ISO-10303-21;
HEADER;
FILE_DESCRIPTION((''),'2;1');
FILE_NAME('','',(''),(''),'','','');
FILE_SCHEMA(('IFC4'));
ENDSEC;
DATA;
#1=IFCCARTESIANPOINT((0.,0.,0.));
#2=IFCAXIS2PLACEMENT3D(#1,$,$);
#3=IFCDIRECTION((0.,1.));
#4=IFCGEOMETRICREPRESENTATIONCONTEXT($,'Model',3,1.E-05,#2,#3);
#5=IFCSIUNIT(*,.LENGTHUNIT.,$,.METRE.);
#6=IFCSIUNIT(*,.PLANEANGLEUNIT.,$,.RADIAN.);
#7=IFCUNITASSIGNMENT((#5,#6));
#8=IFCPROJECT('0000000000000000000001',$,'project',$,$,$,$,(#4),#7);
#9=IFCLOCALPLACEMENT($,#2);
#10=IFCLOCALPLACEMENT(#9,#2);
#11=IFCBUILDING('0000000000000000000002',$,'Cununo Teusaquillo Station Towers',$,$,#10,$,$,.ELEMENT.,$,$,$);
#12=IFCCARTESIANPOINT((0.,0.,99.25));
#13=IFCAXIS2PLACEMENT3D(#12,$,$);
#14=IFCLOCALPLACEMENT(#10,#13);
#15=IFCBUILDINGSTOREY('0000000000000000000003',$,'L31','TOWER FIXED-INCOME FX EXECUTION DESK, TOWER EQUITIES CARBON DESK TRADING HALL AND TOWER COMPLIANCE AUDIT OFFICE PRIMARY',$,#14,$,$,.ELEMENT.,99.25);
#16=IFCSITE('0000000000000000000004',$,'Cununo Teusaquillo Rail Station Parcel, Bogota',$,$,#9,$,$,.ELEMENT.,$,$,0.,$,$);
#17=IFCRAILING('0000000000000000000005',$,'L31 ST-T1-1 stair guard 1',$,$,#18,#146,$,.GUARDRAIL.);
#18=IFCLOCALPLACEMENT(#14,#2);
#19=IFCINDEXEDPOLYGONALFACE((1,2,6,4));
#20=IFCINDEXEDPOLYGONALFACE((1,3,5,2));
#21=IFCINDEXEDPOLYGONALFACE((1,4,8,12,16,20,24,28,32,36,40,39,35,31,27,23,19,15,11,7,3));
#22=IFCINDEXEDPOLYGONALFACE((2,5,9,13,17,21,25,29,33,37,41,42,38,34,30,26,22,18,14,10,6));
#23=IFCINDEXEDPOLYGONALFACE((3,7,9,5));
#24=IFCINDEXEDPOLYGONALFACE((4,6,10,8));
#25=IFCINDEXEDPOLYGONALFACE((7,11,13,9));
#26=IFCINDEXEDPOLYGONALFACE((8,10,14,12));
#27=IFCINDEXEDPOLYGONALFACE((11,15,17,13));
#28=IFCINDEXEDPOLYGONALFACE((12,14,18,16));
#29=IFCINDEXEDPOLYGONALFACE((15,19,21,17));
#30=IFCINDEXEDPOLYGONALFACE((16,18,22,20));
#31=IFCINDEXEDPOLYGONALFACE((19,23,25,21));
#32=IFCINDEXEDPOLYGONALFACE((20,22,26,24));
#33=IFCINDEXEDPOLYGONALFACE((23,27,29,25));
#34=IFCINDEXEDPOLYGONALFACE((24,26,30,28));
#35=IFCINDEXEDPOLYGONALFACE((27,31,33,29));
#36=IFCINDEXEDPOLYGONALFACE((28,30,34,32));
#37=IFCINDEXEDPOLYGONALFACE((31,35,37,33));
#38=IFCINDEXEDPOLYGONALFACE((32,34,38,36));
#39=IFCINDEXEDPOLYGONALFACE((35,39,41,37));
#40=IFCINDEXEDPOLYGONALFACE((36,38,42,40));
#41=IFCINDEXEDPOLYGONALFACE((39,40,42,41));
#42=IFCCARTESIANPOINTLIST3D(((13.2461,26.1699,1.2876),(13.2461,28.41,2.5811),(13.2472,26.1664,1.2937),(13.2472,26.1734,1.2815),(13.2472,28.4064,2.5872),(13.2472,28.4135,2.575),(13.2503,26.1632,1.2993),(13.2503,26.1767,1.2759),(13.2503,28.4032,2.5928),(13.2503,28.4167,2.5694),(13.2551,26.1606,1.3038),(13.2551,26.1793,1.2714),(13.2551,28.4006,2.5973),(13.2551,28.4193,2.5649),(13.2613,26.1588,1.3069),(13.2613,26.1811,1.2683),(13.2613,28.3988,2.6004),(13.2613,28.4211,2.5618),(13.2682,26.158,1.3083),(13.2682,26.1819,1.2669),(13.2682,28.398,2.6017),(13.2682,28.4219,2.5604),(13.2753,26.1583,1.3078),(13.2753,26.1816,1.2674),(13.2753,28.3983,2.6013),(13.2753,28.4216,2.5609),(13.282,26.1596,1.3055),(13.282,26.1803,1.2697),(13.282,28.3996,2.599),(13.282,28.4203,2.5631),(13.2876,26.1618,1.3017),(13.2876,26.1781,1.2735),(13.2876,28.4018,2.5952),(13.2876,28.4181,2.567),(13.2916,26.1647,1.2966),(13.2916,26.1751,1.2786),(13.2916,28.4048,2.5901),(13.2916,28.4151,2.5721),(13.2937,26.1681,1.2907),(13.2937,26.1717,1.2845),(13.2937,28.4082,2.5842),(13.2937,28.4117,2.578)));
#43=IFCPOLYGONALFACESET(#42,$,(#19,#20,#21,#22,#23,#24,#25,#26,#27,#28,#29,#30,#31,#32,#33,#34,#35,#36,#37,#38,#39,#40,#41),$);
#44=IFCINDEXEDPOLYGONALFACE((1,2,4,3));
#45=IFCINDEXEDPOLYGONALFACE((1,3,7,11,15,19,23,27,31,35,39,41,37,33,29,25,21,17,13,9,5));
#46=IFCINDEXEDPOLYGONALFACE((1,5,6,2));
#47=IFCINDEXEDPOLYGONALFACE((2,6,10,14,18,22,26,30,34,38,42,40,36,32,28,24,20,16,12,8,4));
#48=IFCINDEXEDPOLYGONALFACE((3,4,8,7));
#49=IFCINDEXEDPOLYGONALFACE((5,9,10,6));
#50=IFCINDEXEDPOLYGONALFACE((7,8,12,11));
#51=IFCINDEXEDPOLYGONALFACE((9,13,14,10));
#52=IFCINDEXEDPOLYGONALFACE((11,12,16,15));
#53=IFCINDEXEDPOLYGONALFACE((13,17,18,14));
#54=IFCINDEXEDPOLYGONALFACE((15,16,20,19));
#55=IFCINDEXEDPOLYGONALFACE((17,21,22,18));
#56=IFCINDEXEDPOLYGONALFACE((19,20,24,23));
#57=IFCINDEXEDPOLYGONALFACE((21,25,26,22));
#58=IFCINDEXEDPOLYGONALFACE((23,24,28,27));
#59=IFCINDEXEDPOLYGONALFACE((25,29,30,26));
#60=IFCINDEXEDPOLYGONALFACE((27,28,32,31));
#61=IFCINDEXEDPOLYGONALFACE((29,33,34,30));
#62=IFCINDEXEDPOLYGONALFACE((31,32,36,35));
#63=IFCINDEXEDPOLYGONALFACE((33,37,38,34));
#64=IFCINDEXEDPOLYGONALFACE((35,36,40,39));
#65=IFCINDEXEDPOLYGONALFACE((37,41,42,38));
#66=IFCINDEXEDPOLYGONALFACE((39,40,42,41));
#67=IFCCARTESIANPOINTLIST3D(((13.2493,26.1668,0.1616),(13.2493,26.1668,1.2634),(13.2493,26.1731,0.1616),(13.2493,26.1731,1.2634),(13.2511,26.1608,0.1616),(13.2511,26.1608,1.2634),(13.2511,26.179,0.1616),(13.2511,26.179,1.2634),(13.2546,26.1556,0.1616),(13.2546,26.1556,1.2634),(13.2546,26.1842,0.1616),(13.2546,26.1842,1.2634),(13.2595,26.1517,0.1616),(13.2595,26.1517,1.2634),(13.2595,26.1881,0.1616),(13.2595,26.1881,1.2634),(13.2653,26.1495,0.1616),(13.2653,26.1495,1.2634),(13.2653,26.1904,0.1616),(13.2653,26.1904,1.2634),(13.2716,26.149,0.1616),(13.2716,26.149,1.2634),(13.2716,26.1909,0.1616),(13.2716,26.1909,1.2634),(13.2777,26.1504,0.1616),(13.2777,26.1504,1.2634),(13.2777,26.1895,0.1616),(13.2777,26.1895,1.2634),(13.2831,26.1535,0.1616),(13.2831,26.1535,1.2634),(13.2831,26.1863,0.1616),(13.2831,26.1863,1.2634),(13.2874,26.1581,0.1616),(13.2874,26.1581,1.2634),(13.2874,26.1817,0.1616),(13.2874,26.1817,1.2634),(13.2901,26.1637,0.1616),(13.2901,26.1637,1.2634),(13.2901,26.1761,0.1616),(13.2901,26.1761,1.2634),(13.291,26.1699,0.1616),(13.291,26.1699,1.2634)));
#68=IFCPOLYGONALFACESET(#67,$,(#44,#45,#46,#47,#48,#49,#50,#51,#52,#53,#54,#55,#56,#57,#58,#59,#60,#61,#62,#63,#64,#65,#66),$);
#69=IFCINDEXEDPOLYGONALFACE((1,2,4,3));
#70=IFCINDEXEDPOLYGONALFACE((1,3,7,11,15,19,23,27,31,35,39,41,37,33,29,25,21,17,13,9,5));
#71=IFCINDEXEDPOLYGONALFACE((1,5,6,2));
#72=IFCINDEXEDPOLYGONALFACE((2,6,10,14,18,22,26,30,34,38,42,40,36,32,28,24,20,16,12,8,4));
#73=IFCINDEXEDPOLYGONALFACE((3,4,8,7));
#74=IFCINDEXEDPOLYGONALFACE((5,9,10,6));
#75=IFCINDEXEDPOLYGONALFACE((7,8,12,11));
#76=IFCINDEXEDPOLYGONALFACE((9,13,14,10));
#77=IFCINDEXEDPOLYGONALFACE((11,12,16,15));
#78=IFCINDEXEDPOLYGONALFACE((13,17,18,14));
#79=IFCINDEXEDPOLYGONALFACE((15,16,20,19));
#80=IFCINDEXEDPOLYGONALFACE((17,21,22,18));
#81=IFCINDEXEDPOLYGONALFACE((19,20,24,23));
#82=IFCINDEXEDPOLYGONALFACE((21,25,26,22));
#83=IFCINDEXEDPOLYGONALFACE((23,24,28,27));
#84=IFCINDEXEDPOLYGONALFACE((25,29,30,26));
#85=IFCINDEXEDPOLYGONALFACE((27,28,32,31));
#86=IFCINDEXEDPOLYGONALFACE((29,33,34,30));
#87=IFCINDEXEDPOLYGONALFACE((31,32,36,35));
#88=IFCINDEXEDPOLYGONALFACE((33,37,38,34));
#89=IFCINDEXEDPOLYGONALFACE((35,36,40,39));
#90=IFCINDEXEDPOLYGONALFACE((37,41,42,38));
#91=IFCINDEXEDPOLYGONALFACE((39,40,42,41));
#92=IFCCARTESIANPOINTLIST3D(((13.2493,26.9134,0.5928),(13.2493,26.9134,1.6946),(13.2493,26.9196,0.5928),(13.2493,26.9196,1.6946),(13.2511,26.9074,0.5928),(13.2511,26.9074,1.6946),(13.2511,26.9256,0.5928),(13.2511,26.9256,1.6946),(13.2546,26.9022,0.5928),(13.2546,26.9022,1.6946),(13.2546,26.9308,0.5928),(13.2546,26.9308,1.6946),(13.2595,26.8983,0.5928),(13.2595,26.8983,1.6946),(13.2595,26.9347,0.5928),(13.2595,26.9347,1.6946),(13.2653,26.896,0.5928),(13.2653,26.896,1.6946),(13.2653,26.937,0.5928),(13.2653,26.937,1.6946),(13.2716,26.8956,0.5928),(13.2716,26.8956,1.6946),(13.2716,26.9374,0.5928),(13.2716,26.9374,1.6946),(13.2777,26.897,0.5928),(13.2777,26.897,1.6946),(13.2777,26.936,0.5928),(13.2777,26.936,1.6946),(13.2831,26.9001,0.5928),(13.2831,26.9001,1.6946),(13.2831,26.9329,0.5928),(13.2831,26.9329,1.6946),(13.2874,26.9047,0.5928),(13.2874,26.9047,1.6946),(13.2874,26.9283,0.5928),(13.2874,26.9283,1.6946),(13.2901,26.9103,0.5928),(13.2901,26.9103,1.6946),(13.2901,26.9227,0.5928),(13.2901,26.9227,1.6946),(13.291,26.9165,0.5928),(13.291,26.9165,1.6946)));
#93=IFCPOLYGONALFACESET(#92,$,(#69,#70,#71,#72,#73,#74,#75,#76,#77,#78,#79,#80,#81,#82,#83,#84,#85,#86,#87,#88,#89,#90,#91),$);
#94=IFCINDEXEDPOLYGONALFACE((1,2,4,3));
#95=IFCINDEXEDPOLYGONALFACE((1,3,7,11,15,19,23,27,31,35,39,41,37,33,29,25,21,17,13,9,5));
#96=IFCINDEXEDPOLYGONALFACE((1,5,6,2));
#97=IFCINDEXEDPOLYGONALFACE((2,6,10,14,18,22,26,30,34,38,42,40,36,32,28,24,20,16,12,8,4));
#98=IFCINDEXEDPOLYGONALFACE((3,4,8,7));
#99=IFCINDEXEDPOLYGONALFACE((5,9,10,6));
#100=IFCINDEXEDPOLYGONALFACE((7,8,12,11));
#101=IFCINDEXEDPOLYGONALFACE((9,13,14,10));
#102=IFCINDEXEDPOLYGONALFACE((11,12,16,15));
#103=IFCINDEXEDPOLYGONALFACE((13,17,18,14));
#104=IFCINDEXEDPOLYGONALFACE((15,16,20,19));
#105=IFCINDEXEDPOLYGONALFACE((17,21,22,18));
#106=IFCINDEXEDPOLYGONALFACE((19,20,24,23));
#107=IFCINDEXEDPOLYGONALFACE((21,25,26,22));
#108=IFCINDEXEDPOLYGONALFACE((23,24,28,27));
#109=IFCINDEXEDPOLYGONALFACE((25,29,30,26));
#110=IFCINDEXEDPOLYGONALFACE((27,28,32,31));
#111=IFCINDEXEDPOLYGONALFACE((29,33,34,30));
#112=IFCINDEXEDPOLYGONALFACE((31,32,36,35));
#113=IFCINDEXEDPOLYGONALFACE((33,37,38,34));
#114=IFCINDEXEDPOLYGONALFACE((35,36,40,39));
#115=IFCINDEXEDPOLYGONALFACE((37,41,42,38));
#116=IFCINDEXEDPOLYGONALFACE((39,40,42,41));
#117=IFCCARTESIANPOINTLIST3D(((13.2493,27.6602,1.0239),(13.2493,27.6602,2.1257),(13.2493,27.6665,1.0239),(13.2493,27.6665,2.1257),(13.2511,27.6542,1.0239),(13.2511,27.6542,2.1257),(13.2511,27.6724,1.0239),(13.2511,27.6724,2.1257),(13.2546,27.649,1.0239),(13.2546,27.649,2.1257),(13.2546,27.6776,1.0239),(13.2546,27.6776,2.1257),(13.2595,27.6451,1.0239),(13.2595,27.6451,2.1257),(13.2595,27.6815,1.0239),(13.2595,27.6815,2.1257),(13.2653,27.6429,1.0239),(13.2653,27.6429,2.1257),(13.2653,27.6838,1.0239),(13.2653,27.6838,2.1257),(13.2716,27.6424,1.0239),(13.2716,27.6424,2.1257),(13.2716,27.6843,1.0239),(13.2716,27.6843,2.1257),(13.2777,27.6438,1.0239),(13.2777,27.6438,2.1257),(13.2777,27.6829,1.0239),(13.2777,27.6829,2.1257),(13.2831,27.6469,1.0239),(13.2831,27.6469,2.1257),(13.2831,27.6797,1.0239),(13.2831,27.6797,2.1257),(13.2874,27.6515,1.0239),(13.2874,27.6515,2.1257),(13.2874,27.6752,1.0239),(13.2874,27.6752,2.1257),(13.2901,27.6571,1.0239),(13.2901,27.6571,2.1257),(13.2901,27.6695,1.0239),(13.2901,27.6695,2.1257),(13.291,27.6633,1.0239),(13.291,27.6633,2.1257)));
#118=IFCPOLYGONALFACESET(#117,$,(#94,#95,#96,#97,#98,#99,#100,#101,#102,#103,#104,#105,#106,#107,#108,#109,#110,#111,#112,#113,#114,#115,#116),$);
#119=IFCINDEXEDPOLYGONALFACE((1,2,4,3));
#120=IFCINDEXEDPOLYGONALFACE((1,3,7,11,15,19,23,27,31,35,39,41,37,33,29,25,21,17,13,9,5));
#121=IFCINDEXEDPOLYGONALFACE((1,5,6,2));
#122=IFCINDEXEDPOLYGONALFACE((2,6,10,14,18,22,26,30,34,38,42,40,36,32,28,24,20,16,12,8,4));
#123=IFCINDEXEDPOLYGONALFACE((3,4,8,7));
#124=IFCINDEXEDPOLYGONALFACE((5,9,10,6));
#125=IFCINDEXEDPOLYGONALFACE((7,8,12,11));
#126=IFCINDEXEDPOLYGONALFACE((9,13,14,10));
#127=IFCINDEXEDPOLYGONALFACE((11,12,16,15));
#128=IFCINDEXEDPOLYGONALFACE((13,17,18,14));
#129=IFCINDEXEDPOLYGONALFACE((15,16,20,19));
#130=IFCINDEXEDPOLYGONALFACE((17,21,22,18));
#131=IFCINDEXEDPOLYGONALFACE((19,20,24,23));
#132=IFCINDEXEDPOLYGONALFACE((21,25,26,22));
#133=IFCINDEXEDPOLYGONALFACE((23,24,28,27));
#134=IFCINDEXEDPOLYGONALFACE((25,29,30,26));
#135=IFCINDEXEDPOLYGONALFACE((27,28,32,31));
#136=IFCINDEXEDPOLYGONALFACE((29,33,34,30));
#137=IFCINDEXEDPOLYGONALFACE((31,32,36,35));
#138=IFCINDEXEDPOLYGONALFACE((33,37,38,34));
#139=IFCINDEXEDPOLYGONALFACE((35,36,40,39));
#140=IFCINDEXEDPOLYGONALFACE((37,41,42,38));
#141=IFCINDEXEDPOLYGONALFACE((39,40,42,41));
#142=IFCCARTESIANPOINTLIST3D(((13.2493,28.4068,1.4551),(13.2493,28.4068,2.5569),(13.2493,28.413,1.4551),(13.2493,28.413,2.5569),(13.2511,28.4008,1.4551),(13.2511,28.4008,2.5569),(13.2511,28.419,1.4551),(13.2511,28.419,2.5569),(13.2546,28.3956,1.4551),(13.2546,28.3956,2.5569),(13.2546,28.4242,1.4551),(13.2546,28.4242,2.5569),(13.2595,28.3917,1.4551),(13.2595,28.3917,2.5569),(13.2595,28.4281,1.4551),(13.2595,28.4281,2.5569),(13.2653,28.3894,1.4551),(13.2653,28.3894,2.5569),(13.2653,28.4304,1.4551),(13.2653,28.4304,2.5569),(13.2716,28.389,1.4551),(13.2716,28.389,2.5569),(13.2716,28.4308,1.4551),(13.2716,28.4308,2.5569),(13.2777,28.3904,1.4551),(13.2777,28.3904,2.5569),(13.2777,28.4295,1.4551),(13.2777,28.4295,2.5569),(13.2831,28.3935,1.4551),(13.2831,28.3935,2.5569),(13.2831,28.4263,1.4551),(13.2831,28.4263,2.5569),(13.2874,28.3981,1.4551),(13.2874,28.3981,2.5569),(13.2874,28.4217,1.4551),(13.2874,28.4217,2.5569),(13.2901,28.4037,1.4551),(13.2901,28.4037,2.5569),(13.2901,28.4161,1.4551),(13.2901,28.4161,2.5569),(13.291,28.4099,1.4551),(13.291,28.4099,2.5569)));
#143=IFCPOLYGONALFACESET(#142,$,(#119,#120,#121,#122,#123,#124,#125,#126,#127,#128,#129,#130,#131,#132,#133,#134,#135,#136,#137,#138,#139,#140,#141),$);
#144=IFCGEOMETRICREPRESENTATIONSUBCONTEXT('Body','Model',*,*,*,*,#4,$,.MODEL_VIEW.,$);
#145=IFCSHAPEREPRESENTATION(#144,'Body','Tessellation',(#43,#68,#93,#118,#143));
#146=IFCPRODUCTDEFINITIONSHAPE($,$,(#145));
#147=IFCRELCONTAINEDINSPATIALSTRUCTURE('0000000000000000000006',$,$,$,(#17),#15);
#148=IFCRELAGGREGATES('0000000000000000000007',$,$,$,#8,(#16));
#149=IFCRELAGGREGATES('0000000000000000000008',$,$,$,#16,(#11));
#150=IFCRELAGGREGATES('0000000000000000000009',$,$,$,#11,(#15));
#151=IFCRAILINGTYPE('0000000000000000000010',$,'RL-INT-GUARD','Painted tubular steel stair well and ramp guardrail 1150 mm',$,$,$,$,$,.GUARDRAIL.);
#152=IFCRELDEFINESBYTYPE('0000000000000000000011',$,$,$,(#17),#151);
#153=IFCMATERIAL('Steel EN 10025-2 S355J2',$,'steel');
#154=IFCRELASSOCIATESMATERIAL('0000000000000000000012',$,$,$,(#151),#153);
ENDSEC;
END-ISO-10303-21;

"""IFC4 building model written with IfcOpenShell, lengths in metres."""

from ifc_helpers import new_model, si_unit, direction, frame, origin, origin_2d, place, context, subcontext, project, spatial, circle, extrude, material, type_object, element, save


model = new_model("IFC4")

# Units and contexts
model_context = context("Model", 3, precision=1e-05, world=origin(), true_north=direction((0.0, 1.0)))
body_context = subcontext(model_context, "Body", "Model", "MODEL_VIEW")
ifc_project = project(units=[si_unit("LENGTHUNIT", "METRE"), si_unit("PLANEANGLEUNIT", "RADIAN")], contexts=[model_context])

# Site, building, storey
site_placement = place(None, origin())
site = spatial("IfcSite", under=ifc_project, at=site_placement, Name="Cununo Teusaquillo Rail Station Parcel, Bogota", CompositionType="ELEMENT", RefElevation=0.0)
building_placement = place(site_placement, origin())
building = spatial("IfcBuilding", under=site, at=building_placement, Name="Cununo Teusaquillo Station Towers", CompositionType="ELEMENT")
storey_placement = place(building_placement, frame((0.0, 0.0, 99.25)))
storey = spatial("IfcBuildingStorey", under=building, at=storey_placement, Name="L31", Description="TOWER FIXED-INCOME FX EXECUTION DESK, TOWER EQUITIES CARBON DESK TRADING HALL AND TOWER COMPLIANCE AUDIT OFFICE PRIMARY", CompositionType="ELEMENT", Elevation=99.25)

# Railing
ifc_material_1 = material(Name="Steel EN 10025-2 S355J2", Category="steel")
railing_type_1 = type_object("IfcRailingType", Name="RL-INT-GUARD", Description="Painted tubular steel stair well and ramp guardrail 1150 mm", PredefinedType="GUARDRAIL", material=ifc_material_1)
railing_1_placement = place(storey_placement, frame((13.27, 26.1699, 0.1616)))
element("IfcRailing", 1, at=railing_1_placement, inside=storey, type_object=railing_type_1, Name="L31 ST-T1-1 stair guard 1", PredefinedType="GUARDRAIL", context=body_context, shape_type="SweptSolid", body=[
    extrude(circle(Radius=0.0239, at=origin_2d()), frame((0.0, 0.0, 1.126), z_axis=(0.0, 0.865992, 0.500057), x_axis=(-1.0, 0.0, 0.0)), (0.0, 0.0, 1.0), 2.5867),
    extrude(circle(Radius=0.021, at=origin_2d()), origin(), (0.0, 0.0, 1.0), 1.1018),
    extrude(circle(Radius=0.021, at=origin_2d()), frame((0.0, 0.7466, 0.4312)), (0.0, 0.0, 1.0), 1.1018),
    extrude(circle(Radius=0.021, at=origin_2d()), frame((0.0, 1.4934, 0.8623)), (0.0, 0.0, 1.0), 1.1018),
    extrude(circle(Radius=0.021, at=origin_2d()), frame((0.0, 2.24, 1.2935)), (0.0, 0.0, 1.0), 1.1018),
])

save(model, "model.ifc")
